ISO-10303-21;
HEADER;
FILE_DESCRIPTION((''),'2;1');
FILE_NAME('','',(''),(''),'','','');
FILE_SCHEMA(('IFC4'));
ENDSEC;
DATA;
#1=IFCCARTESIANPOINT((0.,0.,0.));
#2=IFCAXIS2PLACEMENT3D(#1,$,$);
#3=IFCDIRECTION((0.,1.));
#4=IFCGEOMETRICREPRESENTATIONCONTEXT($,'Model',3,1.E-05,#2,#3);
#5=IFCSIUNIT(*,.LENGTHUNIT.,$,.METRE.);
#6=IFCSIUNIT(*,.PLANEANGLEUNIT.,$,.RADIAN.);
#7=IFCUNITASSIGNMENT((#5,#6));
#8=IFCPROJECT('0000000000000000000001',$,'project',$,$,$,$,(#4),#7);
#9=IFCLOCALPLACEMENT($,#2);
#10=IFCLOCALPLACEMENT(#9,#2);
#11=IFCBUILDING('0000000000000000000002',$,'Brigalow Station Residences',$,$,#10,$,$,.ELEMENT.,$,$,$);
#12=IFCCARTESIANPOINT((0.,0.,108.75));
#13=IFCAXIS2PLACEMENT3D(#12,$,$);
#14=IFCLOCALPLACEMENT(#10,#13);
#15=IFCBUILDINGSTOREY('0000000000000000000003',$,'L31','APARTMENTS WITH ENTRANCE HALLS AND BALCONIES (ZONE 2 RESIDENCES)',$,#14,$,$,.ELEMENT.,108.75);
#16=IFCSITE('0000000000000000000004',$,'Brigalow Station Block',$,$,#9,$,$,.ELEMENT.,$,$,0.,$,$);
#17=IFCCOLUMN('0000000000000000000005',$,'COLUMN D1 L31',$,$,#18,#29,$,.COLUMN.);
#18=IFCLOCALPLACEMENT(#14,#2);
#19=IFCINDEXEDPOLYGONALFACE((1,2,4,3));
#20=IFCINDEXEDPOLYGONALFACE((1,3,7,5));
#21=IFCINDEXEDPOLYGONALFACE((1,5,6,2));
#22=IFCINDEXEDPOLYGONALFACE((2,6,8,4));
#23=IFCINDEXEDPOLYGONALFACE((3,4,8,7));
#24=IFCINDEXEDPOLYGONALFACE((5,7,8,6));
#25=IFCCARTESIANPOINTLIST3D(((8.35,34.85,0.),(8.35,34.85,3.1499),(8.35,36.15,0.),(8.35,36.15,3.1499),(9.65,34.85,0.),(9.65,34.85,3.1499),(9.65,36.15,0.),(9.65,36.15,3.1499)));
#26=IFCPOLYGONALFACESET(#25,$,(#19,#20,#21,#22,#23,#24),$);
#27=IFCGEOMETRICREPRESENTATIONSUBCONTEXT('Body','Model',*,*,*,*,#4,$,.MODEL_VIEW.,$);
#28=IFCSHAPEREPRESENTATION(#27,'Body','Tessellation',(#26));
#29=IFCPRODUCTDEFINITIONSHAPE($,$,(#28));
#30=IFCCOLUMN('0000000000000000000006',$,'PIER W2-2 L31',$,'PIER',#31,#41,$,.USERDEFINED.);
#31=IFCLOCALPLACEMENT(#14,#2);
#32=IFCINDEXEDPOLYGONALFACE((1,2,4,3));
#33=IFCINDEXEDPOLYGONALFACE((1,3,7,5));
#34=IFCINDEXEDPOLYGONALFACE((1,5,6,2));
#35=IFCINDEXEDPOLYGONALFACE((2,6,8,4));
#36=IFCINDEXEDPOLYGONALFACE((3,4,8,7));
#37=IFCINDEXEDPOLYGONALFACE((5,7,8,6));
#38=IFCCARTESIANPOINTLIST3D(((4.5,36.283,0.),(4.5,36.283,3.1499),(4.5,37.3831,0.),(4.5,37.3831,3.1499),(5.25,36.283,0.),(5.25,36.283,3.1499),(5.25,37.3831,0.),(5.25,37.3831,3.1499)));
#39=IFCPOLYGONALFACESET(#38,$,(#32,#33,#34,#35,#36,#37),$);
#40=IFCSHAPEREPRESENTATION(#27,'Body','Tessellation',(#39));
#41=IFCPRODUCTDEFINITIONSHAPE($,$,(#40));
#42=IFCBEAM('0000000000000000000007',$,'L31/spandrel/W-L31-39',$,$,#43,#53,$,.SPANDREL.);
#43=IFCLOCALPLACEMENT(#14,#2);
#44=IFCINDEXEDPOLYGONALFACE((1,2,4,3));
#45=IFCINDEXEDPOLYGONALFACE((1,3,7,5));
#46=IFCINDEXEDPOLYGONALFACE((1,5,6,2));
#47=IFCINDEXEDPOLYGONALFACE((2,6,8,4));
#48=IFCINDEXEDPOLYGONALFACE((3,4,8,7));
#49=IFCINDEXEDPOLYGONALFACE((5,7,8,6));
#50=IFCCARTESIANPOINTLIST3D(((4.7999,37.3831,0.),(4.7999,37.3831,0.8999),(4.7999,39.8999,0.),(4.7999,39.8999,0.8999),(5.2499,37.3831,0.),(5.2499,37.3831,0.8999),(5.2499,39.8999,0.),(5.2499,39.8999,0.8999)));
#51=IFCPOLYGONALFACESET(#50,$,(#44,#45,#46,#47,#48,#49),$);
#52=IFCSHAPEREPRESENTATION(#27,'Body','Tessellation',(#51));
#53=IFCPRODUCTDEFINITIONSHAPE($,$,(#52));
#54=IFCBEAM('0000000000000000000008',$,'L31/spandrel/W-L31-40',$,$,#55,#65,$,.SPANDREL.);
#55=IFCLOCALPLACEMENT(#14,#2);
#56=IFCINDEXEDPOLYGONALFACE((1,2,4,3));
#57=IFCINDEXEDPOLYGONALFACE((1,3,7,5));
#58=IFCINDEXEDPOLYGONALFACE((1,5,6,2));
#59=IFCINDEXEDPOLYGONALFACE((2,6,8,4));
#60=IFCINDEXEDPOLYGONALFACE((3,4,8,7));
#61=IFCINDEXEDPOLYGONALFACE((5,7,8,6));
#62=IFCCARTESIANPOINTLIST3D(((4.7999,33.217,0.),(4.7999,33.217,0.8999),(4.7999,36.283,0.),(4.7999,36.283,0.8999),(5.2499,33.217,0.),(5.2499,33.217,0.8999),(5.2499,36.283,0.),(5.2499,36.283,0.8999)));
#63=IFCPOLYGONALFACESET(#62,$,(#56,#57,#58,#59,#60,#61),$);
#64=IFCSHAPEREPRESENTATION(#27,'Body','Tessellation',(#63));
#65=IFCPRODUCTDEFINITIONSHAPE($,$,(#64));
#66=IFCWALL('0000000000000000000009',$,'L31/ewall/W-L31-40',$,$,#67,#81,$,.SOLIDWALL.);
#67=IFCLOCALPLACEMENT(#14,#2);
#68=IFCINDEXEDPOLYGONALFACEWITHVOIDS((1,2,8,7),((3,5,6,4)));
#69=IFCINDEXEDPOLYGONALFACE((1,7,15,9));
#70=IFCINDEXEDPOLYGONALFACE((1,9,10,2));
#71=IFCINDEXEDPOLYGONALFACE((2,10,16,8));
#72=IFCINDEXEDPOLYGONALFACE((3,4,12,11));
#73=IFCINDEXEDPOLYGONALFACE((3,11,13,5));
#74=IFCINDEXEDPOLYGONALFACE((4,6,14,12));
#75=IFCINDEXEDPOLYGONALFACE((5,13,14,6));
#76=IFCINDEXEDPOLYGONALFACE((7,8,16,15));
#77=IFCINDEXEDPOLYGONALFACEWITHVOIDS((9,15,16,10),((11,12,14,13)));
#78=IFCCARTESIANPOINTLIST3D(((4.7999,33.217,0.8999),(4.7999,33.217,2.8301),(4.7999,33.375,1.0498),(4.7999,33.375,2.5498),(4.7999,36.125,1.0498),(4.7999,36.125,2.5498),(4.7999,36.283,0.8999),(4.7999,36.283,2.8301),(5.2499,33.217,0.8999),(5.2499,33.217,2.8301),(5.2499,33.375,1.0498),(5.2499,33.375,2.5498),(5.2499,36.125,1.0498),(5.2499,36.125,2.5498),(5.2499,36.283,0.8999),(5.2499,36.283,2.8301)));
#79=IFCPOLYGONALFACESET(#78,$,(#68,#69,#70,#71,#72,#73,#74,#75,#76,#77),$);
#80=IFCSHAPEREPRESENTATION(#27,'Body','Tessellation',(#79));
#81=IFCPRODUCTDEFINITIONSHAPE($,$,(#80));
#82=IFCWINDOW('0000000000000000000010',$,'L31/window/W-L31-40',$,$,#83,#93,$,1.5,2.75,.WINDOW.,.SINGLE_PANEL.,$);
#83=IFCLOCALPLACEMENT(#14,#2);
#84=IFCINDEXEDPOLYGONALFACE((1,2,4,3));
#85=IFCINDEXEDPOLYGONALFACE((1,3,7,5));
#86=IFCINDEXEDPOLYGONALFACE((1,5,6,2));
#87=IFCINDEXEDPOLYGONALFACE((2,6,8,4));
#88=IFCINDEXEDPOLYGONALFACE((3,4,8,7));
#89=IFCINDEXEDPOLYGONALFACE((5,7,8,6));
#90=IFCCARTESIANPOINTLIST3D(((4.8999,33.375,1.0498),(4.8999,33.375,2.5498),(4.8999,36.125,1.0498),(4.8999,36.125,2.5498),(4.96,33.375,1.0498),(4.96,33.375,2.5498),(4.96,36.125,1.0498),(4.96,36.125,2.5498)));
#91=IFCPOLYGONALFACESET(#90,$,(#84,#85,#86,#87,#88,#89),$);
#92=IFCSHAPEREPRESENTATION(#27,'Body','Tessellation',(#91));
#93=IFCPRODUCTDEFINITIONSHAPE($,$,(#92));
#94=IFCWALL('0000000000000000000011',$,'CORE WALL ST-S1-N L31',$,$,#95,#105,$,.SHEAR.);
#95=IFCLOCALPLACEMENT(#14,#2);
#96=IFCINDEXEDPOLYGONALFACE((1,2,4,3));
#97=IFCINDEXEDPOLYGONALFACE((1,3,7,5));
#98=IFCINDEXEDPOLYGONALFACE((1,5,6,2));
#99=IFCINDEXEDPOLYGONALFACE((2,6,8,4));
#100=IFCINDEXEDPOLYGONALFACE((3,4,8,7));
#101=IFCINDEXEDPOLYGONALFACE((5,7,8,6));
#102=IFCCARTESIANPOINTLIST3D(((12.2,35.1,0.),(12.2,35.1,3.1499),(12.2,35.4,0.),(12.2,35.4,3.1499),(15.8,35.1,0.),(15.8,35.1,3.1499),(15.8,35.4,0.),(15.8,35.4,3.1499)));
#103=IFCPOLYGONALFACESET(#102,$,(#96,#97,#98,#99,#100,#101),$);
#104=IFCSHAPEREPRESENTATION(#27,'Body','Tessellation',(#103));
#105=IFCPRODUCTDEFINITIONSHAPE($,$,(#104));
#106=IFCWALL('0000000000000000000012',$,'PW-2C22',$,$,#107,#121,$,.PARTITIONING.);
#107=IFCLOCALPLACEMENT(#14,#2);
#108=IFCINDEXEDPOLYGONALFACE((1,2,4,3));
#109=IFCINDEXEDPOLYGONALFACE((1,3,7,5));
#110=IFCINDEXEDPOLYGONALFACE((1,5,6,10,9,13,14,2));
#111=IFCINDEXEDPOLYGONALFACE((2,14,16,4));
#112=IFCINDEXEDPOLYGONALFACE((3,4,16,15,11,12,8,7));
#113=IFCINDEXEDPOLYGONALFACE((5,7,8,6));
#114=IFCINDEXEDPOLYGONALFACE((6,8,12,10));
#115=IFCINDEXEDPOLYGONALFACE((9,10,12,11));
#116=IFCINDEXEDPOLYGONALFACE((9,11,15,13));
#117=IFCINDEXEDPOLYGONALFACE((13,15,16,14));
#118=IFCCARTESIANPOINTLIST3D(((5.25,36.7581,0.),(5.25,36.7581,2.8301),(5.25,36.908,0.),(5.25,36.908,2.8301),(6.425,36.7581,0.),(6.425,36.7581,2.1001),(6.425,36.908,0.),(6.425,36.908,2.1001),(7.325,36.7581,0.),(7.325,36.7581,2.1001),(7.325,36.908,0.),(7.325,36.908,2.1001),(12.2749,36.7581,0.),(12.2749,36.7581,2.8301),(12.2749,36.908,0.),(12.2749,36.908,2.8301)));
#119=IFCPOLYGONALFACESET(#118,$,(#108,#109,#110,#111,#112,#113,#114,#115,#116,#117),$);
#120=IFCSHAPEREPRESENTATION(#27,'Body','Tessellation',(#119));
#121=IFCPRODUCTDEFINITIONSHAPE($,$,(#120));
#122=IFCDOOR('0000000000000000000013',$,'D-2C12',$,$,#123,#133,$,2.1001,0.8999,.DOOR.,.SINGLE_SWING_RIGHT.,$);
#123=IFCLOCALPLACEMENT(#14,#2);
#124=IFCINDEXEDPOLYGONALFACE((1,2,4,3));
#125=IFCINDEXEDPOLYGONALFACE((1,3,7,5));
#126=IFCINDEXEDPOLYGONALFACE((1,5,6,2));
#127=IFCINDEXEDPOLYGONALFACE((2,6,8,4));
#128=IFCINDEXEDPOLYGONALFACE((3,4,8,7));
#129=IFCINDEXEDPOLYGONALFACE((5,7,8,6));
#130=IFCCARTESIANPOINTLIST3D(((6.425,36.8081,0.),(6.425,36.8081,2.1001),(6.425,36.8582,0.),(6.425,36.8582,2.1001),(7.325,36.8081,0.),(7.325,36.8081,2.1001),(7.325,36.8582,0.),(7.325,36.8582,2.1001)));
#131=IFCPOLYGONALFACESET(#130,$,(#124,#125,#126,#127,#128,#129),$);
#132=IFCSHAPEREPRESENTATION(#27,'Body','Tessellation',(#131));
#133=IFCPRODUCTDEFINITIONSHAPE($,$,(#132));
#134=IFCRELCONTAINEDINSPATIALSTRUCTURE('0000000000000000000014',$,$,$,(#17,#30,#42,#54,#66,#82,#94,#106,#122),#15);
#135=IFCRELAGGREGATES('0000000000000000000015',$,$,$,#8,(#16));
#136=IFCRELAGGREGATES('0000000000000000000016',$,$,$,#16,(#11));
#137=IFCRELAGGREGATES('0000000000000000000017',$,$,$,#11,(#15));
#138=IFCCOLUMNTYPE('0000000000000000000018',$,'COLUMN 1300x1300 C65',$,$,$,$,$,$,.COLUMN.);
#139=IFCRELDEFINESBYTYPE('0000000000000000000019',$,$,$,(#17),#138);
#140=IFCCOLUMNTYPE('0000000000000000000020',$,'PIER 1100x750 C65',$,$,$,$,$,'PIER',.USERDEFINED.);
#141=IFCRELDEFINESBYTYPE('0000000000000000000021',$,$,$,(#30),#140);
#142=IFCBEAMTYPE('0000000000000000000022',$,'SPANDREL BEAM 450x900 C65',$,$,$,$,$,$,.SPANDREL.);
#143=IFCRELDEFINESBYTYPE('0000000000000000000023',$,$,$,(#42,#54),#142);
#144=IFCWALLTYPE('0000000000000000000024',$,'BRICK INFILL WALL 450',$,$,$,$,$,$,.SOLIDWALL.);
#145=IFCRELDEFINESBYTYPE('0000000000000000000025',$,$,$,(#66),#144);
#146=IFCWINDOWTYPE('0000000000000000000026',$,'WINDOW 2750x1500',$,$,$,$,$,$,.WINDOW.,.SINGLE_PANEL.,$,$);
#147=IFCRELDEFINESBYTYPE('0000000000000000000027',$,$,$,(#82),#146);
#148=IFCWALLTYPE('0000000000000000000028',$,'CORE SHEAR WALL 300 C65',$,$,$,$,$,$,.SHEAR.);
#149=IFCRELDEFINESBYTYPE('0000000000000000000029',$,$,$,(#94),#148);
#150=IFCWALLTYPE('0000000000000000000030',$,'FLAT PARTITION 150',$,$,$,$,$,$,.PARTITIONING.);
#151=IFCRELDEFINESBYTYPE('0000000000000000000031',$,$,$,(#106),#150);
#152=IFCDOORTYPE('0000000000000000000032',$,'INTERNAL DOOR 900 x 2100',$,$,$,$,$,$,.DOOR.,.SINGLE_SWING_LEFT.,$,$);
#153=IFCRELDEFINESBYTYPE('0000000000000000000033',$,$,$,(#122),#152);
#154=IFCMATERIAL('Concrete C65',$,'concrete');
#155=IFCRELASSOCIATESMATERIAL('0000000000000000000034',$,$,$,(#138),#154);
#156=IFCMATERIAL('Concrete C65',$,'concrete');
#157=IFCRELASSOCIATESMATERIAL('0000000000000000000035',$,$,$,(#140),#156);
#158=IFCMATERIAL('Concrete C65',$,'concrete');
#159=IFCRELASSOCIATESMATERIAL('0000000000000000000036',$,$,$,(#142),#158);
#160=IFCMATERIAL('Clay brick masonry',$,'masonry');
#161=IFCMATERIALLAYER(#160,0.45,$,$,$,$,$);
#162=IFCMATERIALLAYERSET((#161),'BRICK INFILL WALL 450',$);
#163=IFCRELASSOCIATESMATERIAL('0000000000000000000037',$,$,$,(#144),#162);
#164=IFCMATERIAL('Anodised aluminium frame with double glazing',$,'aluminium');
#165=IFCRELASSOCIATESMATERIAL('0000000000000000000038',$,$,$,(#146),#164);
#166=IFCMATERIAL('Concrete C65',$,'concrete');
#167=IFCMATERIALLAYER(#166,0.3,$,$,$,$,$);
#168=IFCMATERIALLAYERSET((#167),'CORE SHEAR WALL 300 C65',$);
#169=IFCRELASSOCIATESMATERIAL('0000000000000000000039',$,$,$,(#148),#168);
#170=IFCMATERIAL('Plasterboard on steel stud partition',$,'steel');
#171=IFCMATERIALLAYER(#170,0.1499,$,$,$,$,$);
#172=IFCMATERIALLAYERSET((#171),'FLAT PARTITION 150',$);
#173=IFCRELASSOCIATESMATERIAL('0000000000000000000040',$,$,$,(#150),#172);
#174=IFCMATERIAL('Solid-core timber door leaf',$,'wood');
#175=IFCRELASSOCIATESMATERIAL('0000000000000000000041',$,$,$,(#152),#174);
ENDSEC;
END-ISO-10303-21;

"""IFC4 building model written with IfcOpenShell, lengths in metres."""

from ifc_helpers import new_model, si_unit, direction, frame, frame_2d, origin, origin_2d, place, context, subcontext, project, spatial, rectangle, extrude, material, layer, layer_set, material_profile, profile_set, type_object, element, fill, save


model = new_model("IFC4")

# Units and contexts
model_context = context("Model", 3, precision=1e-05, world=origin(), true_north=direction((0.0, 1.0)))
body_context = subcontext(model_context, "Body", "Model", "MODEL_VIEW")
ifc_project = project(units=[si_unit("LENGTHUNIT", "METRE"), si_unit("PLANEANGLEUNIT", "RADIAN")], contexts=[model_context])

# Site, building, storey
site_placement = place(None, origin())
site = spatial("IfcSite", under=ifc_project, at=site_placement, Name="Brigalow Station Block", CompositionType="ELEMENT", RefElevation=0.0)
building_placement = place(site_placement, origin())
building = spatial("IfcBuilding", under=site, at=building_placement, Name="Brigalow Station Residences", CompositionType="ELEMENT")
storey_placement = place(building_placement, frame((0.0, 0.0, 108.75)))
storey = spatial("IfcBuildingStorey", under=building, at=storey_placement, Name="L31", Description="APARTMENTS WITH ENTRANCE HALLS AND BALCONIES (ZONE 2 RESIDENCES)", CompositionType="ELEMENT", Elevation=108.75)

# Columns
ifc_material_1 = material(Name="Concrete C65", Category="concrete")
ifc_material_profile_1 = material_profile(ifc_material_1, rectangle(XDim=1.3, YDim=1.3, at=origin_2d()), Name="RC1300x1300")
ifc_profile_set_1 = profile_set([ifc_material_profile_1], Name="Concrete C65")
column_type_1 = type_object("IfcColumnType", Name="COLUMN 1300x1300 C65", PredefinedType="COLUMN", material=ifc_profile_set_1)
column_1_placement = place(storey_placement, frame((9.0, 35.5, 0.0), z_axis=(0.0, 0.0, 1.0), x_axis=(1.0, 0.0, 0.0)))
element("IfcColumn", 1, at=column_1_placement, inside=storey, type_object=column_type_1, Name="COLUMN D1 L31", PredefinedType="COLUMN", context=body_context, shape_type="SweptSolid", body=[
    extrude(rectangle(XDim=1.3, YDim=1.3, at=origin_2d()), origin(), (0.0, 0.0, 1.0), 3.1499),
])
ifc_material_2 = material(Name="Concrete C65", Category="concrete")
ifc_material_profile_2 = material_profile(ifc_material_2, rectangle(XDim=1.1001, YDim=0.75, at=origin_2d()), Name="RC1100x750")
ifc_profile_set_2 = profile_set([ifc_material_profile_2], Name="Concrete C65")
column_type_2 = type_object("IfcColumnType", Name="PIER 1100x750 C65", ElementType="PIER", PredefinedType="USERDEFINED", material=ifc_profile_set_2)
column_2_placement = place(storey_placement, frame((4.875, 36.833, 0.0), z_axis=(0.0, 0.0, 1.0), x_axis=(0.0, -1.0, 0.0)))
element("IfcColumn", 2, at=column_2_placement, inside=storey, type_object=column_type_2, Name="PIER W2-2 L31", ObjectType="PIER", PredefinedType="USERDEFINED", context=body_context, shape_type="SweptSolid", body=[
    extrude(rectangle(XDim=1.1001, YDim=0.75, at=origin_2d()), origin(), (0.0, 0.0, 1.0), 3.1499),
])

# Beams
ifc_material_3 = material(Name="Concrete C65", Category="concrete")
ifc_material_profile_3 = material_profile(ifc_material_3, rectangle(XDim=0.45, YDim=0.8999, at=origin_2d()), Name="RC450x900")
ifc_profile_set_3 = profile_set([ifc_material_profile_3], Name="Concrete C65")
beam_type = type_object("IfcBeamType", Name="SPANDREL BEAM 450x900 C65", PredefinedType="SPANDREL", material=ifc_profile_set_3)
beam_1_placement = place(storey_placement, frame((5.0249, 39.8999, 0.45), z_axis=(0.0, -1.0, 0.0), x_axis=(1.0, 0.0, 0.0)))
element("IfcBeam", 3, at=beam_1_placement, inside=storey, type_object=beam_type, Name="L31/spandrel/W-L31-39", PredefinedType="SPANDREL", context=body_context, shape_type="SweptSolid", body=[
    extrude(rectangle(XDim=0.45, YDim=0.8999, at=origin_2d()), origin(), (0.0, 0.0, 1.0), 2.5168),
])
beam_2_placement = place(storey_placement, frame((5.0249, 36.283, 0.45), z_axis=(0.0, -1.0, 0.0), x_axis=(1.0, 0.0, 0.0)))
element("IfcBeam", 4, at=beam_2_placement, inside=storey, type_object=beam_type, Name="L31/spandrel/W-L31-40", PredefinedType="SPANDREL", context=body_context, shape_type="SweptSolid", body=[
    extrude(rectangle(XDim=0.45, YDim=0.8999, at=origin_2d()), origin(), (0.0, 0.0, 1.0), 3.0659),
])

# Wall, opening, window
ifc_material_4 = material(Name="Clay brick masonry", Category="masonry")
ifc_layer_1 = layer(ifc_material_4, 0.45)
ifc_layer_set_1 = layer_set([ifc_layer_1], Name="BRICK INFILL WALL 450")
wall_type_1 = type_object("IfcWallType", Name="BRICK INFILL WALL 450", PredefinedType="SOLIDWALL", material=ifc_layer_set_1)
wall_1_placement = place(storey_placement, frame((5.0249, 36.283, 0.8999), z_axis=(0.0, 0.0, 1.0), x_axis=(0.0, -1.0, 0.0)))
wall_1 = element("IfcWall", 5, at=wall_1_placement, inside=storey, type_object=wall_type_1, Name="L31/ewall/W-L31-40", PredefinedType="SOLIDWALL", context=body_context, shape_type="SweptSolid", body=[
    extrude(rectangle(XDim=3.0659, YDim=0.45, at=frame_2d((1.533, 0.0))), origin(), (0.0, 0.0, 1.0), 1.9302),
])
opening_1_placement = place(wall_1_placement, frame((0.158, 0.0, 0.1499)))
opening_1 = element("IfcOpeningElement", 6, at=opening_1_placement, cuts=wall_1, PredefinedType="OPENING", context=body_context, shape_type="SweptSolid", body=[
    extrude(rectangle(XDim=2.75, YDim=1.5, at=frame_2d((1.375, 0.75))), frame((0.0, 0.2349, 0.0), z_axis=(0.0, -1.0, 0.0), x_axis=(1.0, 0.0, 0.0)), (0.0, 0.0, 1.0), 0.47),
])
ifc_material_5 = material(Name="Anodised aluminium frame with double glazing", Category="aluminium")
window_type = type_object("IfcWindowType", Name="WINDOW 2750x1500", PartitioningType="SINGLE_PANEL", PredefinedType="WINDOW", material=ifc_material_5)
window_placement = place(opening_1_placement, origin())
window = element("IfcWindow", 7, at=window_placement, inside=storey, type_object=window_type, Name="L31/window/W-L31-40", OverallHeight=1.5, OverallWidth=2.75, PartitioningType="SINGLE_PANEL", PredefinedType="WINDOW", context=body_context, shape_type="SweptSolid", body=[
    extrude(rectangle(XDim=2.75, YDim=1.5, at=frame_2d((1.375, 0.75))), frame((0.0, -0.0649, 0.0), z_axis=(0.0, -1.0, 0.0), x_axis=(1.0, 0.0, 0.0)), (0.0, 0.0, 1.0), 0.0601),
])
fill(opening_1, window)

# Wall
ifc_material_6 = material(Name="Concrete C65", Category="concrete")
ifc_layer_2 = layer(ifc_material_6, 0.3)
ifc_layer_set_2 = layer_set([ifc_layer_2], Name="CORE SHEAR WALL 300 C65")
wall_type_2 = type_object("IfcWallType", Name="CORE SHEAR WALL 300 C65", PredefinedType="SHEAR", material=ifc_layer_set_2)
wall_2_placement = place(storey_placement, frame((12.2, 35.25, 0.0), z_axis=(0.0, 0.0, 1.0), x_axis=(1.0, 0.0, 0.0)))
element("IfcWall", 8, at=wall_2_placement, inside=storey, type_object=wall_type_2, Name="CORE WALL ST-S1-N L31", PredefinedType="SHEAR", context=body_context, shape_type="SweptSolid", body=[
    extrude(rectangle(XDim=3.6001, YDim=0.3, at=frame_2d((1.8, 0.0))), origin(), (0.0, 0.0, 1.0), 3.1499),
])

# Wall, opening, door
ifc_material_7 = material(Name="Plasterboard on steel stud partition", Category="steel")
ifc_layer_3 = layer(ifc_material_7, 0.1499)
ifc_layer_set_3 = layer_set([ifc_layer_3], Name="FLAT PARTITION 150")
wall_type_3 = type_object("IfcWallType", Name="FLAT PARTITION 150", PredefinedType="PARTITIONING", material=ifc_layer_set_3)
wall_3_placement = place(storey_placement, frame((5.25, 36.833, 0.0), z_axis=(0.0, 0.0, 1.0), x_axis=(1.0, 0.0, 0.0)))
wall_3 = element("IfcWall", 9, at=wall_3_placement, inside=storey, type_object=wall_type_3, Name="PW-2C22", PredefinedType="PARTITIONING", context=body_context, shape_type="SweptSolid", body=[
    extrude(rectangle(XDim=7.0249, YDim=0.1499, at=frame_2d((3.5125, 0.0))), origin(), (0.0, 0.0, 1.0), 2.8301),
])
opening_2_placement = place(wall_3_placement, frame((1.175, 0.0, 0.0)))
opening_2 = element("IfcOpeningElement", 10, at=opening_2_placement, cuts=wall_3, PredefinedType="OPENING", context=body_context, shape_type="SweptSolid", body=[
    extrude(rectangle(XDim=0.8999, YDim=2.1001, at=frame_2d((0.45, 1.05))), frame((0.0, 0.085, 0.0), z_axis=(0.0, -1.0, 0.0), x_axis=(1.0, 0.0, 0.0)), (0.0, 0.0, 1.0), 0.1699),
])
ifc_material_8 = material(Name="Solid-core timber door leaf", Category="wood")
door_type_1 = type_object("IfcDoorType", Name="INTERNAL DOOR 900 x 2100", OperationType="SINGLE_SWING_LEFT", PredefinedType="DOOR", material=ifc_material_8)
door_1_placement = place(opening_2_placement, frame((0.8999, 0.0, 0.0), z_axis=(0.0, 0.0, 1.0), x_axis=(-1.0, 0.0, 0.0)))
door_1 = element("IfcDoor", 11, at=door_1_placement, inside=storey, type_object=door_type_1, Name="D-2C12", OperationType="SINGLE_SWING_RIGHT", OverallHeight=2.1001, OverallWidth=0.8999, PredefinedType="DOOR", context=body_context, shape_type="SweptSolid", body=[
    extrude(rectangle(XDim=0.8999, YDim=2.1001, at=frame_2d((0.45, 1.05))), frame((0.0, 0.0249, 0.0), z_axis=(0.0, -1.0, 0.0), x_axis=(1.0, 0.0, 0.0)), (0.0, 0.0, 1.0), 0.05),
])
fill(opening_2, door_1)

save(model, "model.ifc")
